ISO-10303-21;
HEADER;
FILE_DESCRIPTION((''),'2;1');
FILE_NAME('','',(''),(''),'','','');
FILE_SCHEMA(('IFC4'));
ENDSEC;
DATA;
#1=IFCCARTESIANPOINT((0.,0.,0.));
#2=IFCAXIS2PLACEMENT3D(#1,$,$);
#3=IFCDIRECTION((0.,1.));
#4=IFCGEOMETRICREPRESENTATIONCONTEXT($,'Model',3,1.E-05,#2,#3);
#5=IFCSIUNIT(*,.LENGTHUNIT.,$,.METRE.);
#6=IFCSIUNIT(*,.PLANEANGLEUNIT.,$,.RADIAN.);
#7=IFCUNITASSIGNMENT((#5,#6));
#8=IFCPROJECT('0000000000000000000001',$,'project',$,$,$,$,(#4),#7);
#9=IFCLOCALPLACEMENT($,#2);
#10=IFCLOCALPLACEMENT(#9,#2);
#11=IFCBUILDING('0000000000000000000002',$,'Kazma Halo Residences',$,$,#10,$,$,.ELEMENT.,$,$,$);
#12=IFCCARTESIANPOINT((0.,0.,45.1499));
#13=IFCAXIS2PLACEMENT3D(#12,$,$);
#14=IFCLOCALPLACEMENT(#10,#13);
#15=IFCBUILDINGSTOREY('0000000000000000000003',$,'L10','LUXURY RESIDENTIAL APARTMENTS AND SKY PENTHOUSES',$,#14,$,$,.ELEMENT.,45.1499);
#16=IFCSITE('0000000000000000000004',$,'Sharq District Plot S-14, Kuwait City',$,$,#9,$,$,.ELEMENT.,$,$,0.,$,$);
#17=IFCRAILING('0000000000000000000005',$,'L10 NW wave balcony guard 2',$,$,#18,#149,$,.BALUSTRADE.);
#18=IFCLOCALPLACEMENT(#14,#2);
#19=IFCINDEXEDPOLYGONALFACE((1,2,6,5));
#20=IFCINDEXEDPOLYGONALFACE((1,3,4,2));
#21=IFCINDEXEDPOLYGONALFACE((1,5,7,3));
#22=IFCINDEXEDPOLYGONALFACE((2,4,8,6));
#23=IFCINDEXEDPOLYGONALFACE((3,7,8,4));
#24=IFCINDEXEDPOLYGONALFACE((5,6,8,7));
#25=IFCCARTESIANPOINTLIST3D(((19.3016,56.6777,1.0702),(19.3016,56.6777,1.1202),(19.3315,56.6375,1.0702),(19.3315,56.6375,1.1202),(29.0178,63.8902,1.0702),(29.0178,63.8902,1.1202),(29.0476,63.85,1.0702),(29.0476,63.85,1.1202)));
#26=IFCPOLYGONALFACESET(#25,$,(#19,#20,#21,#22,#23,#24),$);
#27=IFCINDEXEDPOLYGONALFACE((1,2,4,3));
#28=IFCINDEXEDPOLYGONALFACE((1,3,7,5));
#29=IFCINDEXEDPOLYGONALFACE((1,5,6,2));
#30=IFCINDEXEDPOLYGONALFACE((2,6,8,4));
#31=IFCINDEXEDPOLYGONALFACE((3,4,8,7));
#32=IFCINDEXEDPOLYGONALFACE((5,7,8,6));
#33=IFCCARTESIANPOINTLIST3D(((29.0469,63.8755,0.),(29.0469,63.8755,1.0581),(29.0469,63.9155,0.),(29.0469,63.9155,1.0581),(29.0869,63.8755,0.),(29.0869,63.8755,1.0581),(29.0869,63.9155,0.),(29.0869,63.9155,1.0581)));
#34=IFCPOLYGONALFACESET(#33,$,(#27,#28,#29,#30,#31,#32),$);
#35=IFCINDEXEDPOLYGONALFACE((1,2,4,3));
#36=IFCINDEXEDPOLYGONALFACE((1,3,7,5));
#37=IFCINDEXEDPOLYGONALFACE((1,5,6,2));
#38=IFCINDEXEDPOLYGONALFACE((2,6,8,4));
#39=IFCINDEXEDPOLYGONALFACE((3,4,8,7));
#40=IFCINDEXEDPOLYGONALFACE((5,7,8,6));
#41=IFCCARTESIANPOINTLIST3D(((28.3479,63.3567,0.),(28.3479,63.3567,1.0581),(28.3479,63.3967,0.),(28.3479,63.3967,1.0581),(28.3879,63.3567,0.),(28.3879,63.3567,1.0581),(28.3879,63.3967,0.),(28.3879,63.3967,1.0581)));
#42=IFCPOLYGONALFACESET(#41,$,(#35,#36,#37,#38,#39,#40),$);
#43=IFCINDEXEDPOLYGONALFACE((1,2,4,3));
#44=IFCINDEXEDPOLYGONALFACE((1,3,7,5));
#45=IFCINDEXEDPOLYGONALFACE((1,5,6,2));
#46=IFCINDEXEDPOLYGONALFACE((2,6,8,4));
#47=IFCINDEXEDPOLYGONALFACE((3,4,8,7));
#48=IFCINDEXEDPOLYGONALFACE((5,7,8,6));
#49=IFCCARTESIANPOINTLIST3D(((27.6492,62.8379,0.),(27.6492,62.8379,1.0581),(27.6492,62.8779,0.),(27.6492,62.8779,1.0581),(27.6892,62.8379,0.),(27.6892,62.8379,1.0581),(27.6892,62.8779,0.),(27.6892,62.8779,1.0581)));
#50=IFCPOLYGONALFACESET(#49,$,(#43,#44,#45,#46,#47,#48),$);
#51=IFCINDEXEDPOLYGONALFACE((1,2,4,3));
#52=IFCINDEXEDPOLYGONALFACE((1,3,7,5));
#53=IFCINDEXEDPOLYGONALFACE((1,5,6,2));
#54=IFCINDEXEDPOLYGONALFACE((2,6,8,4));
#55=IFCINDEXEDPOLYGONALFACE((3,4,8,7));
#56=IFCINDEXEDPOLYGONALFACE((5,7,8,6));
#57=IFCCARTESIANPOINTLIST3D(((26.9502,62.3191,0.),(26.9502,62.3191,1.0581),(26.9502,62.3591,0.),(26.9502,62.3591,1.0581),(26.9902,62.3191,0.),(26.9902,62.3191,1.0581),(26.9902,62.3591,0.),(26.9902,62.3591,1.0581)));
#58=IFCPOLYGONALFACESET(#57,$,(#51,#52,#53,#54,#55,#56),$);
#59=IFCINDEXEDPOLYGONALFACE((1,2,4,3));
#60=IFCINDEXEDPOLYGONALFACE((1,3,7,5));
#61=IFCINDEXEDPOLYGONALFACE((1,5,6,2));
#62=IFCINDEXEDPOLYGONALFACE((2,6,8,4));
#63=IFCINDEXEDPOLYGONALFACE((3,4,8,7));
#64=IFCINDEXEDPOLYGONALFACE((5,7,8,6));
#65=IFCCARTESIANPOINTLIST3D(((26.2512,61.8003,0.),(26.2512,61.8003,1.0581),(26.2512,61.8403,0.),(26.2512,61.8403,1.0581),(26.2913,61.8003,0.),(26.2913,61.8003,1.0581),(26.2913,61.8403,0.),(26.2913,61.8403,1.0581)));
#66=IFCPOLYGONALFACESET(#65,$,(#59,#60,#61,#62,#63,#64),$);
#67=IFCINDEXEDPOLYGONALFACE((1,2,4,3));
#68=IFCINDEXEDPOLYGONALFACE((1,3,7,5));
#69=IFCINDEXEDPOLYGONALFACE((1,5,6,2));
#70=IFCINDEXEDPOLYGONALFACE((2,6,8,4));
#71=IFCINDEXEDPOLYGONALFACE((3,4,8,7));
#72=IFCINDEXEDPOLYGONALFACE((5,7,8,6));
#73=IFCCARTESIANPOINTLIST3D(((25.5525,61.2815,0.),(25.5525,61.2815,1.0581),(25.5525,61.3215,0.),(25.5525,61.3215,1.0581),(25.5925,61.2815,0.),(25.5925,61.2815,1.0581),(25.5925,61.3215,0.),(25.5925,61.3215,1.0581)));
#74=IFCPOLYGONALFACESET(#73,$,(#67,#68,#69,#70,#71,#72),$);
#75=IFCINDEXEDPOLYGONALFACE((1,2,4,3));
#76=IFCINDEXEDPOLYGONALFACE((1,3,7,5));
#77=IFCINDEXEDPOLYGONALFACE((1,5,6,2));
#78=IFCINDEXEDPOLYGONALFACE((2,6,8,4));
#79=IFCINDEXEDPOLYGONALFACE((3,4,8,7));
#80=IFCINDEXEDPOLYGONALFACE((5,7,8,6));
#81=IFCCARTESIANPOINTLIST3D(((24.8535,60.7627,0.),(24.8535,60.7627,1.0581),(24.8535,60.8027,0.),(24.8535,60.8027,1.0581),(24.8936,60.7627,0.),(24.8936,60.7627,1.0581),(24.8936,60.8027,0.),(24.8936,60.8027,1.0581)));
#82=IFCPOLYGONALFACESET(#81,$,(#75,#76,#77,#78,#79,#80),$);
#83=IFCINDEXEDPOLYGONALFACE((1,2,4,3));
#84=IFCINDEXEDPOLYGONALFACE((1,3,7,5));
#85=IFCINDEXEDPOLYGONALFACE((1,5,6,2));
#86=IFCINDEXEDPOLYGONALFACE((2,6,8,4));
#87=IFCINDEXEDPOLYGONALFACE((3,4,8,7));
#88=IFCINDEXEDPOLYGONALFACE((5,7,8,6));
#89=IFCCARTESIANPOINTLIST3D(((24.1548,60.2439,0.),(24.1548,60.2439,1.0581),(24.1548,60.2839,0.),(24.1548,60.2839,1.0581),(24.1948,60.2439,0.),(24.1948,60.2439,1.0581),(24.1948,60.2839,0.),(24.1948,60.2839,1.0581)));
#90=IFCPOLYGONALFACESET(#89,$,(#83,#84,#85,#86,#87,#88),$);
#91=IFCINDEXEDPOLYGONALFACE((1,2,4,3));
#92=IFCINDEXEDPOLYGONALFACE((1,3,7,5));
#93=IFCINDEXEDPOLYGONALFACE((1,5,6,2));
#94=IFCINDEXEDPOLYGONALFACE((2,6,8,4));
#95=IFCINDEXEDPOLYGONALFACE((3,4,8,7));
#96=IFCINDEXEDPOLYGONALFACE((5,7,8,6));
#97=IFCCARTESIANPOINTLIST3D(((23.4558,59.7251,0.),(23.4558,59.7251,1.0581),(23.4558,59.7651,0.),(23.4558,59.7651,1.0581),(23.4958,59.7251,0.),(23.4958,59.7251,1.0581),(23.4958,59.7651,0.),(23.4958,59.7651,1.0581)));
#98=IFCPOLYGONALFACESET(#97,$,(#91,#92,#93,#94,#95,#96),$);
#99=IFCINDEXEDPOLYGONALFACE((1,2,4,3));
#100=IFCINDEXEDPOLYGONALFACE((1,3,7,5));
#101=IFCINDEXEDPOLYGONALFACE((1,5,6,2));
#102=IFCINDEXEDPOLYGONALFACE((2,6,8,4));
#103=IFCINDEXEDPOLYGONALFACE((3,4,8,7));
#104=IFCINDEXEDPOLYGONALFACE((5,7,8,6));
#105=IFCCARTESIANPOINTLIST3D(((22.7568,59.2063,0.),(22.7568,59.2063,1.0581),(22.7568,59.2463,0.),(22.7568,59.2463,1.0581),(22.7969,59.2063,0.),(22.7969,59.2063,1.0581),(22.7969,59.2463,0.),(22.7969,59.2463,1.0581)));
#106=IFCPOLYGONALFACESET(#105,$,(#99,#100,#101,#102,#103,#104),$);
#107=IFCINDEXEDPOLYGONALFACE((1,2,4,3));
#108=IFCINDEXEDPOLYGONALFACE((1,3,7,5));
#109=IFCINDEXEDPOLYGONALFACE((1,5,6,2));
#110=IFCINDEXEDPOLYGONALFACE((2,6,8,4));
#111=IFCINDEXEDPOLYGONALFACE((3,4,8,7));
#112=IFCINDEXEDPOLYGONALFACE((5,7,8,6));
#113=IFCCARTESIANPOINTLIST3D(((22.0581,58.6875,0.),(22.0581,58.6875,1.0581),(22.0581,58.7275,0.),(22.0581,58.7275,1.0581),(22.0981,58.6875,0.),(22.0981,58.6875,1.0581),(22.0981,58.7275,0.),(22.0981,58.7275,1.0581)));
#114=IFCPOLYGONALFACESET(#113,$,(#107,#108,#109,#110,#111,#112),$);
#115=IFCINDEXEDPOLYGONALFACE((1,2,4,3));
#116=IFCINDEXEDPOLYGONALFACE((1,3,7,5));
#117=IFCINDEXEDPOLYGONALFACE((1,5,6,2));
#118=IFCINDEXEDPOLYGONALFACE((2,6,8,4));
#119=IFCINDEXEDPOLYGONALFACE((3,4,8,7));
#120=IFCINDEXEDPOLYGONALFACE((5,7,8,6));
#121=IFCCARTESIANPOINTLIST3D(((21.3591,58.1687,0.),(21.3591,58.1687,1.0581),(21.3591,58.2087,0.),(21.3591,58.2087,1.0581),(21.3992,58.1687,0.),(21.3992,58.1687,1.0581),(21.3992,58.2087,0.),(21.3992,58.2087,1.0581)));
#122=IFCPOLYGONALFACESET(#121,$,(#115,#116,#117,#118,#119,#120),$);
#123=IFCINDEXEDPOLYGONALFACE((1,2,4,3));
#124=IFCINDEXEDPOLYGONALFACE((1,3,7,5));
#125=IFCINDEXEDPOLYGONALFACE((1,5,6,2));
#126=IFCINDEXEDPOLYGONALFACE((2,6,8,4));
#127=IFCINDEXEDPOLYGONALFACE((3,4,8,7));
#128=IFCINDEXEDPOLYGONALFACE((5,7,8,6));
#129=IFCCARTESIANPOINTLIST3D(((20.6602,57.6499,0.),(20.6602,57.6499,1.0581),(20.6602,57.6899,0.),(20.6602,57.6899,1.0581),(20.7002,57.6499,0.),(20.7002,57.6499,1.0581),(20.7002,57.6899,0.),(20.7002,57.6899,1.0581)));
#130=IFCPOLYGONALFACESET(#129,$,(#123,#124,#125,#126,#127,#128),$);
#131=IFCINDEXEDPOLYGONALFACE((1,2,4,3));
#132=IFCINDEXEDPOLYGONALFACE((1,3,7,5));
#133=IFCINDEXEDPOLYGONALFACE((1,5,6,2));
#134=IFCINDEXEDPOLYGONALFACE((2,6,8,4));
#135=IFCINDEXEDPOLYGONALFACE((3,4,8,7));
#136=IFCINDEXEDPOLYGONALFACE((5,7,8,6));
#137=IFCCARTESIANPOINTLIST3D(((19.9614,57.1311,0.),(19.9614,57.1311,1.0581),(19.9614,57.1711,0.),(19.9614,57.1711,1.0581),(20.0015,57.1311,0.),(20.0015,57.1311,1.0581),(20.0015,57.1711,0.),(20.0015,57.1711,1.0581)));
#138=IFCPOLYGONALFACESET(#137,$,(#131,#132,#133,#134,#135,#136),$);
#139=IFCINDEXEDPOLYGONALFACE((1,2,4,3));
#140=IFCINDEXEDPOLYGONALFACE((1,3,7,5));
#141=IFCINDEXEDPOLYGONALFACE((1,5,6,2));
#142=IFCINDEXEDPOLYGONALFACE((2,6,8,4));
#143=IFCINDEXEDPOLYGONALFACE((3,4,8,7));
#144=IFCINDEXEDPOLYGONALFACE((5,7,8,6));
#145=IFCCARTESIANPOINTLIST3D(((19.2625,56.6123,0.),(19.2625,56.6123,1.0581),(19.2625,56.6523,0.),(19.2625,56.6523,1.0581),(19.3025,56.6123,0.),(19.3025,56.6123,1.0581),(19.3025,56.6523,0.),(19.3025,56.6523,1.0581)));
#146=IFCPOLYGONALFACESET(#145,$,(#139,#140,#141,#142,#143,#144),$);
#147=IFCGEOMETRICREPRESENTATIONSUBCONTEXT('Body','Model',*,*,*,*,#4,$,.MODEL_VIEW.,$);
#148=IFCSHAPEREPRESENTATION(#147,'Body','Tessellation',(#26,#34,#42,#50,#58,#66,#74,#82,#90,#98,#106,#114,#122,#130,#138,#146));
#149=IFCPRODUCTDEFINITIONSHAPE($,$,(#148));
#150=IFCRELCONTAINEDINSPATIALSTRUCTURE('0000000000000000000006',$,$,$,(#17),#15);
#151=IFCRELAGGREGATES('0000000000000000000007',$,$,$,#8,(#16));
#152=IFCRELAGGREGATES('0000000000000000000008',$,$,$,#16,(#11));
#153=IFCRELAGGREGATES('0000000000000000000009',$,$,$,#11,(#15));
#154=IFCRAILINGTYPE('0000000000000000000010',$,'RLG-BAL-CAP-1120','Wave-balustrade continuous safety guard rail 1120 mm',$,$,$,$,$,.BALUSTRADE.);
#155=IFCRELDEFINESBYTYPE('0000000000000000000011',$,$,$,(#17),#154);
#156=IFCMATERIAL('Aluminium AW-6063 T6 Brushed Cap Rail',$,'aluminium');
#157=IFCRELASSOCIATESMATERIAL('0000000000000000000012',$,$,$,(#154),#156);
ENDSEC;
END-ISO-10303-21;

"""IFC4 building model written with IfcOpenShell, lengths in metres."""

from ifc_helpers import new_model, si_unit, direction, frame, origin, origin_2d, place, context, subcontext, project, spatial, rectangle, extrude, material, type_object, element, save


model = new_model("IFC4")

# Units and contexts
model_context = context("Model", 3, precision=1e-05, world=origin(), true_north=direction((0.0, 1.0)))
body_context = subcontext(model_context, "Body", "Model", "MODEL_VIEW")
ifc_project = project(units=[si_unit("LENGTHUNIT", "METRE"), si_unit("PLANEANGLEUNIT", "RADIAN")], contexts=[model_context])

# Site, building, storey
site_placement = place(None, origin())
site = spatial("IfcSite", under=ifc_project, at=site_placement, Name="Sharq District Plot S-14, Kuwait City", CompositionType="ELEMENT", RefElevation=0.0)
building_placement = place(site_placement, origin())
building = spatial("IfcBuilding", under=site, at=building_placement, Name="Kazma Halo Residences", CompositionType="ELEMENT")
storey_placement = place(building_placement, frame((0.0, 0.0, 45.1499)))
storey = spatial("IfcBuildingStorey", under=building, at=storey_placement, Name="L10", Description="LUXURY RESIDENTIAL APARTMENTS AND SKY PENTHOUSES", CompositionType="ELEMENT", Elevation=45.1499)

# Railing
ifc_material_1 = material(Name="Aluminium AW-6063 T6 Brushed Cap Rail", Category="aluminium")
railing_type = type_object("IfcRailingType", Name="RLG-BAL-CAP-1120", Description="Wave-balustrade continuous safety guard rail 1120 mm", PredefinedType="BALUSTRADE", material=ifc_material_1)
railing_1_placement = place(storey_placement, frame((29.0669, 63.8955, 0.0)))
element("IfcRailing", 1, at=railing_1_placement, inside=storey, type_object=railing_type, Name="L10 NW wave balcony guard 2", PredefinedType="BALUSTRADE", context=body_context, shape_type="SweptSolid", body=[
    extrude(rectangle(XDim=0.05, YDim=0.05, at=origin_2d()), frame((-0.0342, -0.0254, 1.0952), z_axis=(-0.80295, -0.596047, 0.0), x_axis=(0.596047, -0.80295, 0.0)), (0.0, 0.0, 1.0), 12.1006),
    extrude(rectangle(XDim=0.04, YDim=0.04, at=origin_2d()), origin(), (0.0, 0.0, 1.0), 1.0581),
    extrude(rectangle(XDim=0.04, YDim=0.04, at=origin_2d()), frame((-0.699, -0.5188, 0.0)), (0.0, 0.0, 1.0), 1.0581),
    extrude(rectangle(XDim=0.04, YDim=0.04, at=origin_2d()), frame((-1.3977, -1.0376, 0.0)), (0.0, 0.0, 1.0), 1.0581),
    extrude(rectangle(XDim=0.04, YDim=0.04, at=origin_2d()), frame((-2.0967, -1.5564, 0.0)), (0.0, 0.0, 1.0), 1.0581),
    extrude(rectangle(XDim=0.04, YDim=0.04, at=origin_2d()), frame((-2.7957, -2.0752, 0.0)), (0.0, 0.0, 1.0), 1.0581),
    extrude(rectangle(XDim=0.04, YDim=0.04, at=origin_2d()), frame((-3.4944, -2.594, 0.0)), (0.0, 0.0, 1.0), 1.0581),
    extrude(rectangle(XDim=0.04, YDim=0.04, at=origin_2d()), frame((-4.1934, -3.1128, 0.0)), (0.0, 0.0, 1.0), 1.0581),
    extrude(rectangle(XDim=0.04, YDim=0.04, at=origin_2d()), frame((-4.8921, -3.6316, 0.0)), (0.0, 0.0, 1.0), 1.0581),
    extrude(rectangle(XDim=0.04, YDim=0.04, at=origin_2d()), frame((-5.5911, -4.1504, 0.0)), (0.0, 0.0, 1.0), 1.0581),
    extrude(rectangle(XDim=0.04, YDim=0.04, at=origin_2d()), frame((-6.29, -4.6692, 0.0)), (0.0, 0.0, 1.0), 1.0581),
    extrude(rectangle(XDim=0.04, YDim=0.04, at=origin_2d()), frame((-6.9888, -5.188, 0.0)), (0.0, 0.0, 1.0), 1.0581),
    extrude(rectangle(XDim=0.04, YDim=0.04, at=origin_2d()), frame((-7.6877, -5.7068, 0.0)), (0.0, 0.0, 1.0), 1.0581),
    extrude(rectangle(XDim=0.04, YDim=0.04, at=origin_2d()), frame((-8.3867, -6.2256, 0.0)), (0.0, 0.0, 1.0), 1.0581),
    extrude(rectangle(XDim=0.04, YDim=0.04, at=origin_2d()), frame((-9.0854, -6.7444, 0.0)), (0.0, 0.0, 1.0), 1.0581),
    extrude(rectangle(XDim=0.04, YDim=0.04, at=origin_2d()), frame((-9.7844, -7.2632, 0.0)), (0.0, 0.0, 1.0), 1.0581),
])

save(model, "model.ifc")
